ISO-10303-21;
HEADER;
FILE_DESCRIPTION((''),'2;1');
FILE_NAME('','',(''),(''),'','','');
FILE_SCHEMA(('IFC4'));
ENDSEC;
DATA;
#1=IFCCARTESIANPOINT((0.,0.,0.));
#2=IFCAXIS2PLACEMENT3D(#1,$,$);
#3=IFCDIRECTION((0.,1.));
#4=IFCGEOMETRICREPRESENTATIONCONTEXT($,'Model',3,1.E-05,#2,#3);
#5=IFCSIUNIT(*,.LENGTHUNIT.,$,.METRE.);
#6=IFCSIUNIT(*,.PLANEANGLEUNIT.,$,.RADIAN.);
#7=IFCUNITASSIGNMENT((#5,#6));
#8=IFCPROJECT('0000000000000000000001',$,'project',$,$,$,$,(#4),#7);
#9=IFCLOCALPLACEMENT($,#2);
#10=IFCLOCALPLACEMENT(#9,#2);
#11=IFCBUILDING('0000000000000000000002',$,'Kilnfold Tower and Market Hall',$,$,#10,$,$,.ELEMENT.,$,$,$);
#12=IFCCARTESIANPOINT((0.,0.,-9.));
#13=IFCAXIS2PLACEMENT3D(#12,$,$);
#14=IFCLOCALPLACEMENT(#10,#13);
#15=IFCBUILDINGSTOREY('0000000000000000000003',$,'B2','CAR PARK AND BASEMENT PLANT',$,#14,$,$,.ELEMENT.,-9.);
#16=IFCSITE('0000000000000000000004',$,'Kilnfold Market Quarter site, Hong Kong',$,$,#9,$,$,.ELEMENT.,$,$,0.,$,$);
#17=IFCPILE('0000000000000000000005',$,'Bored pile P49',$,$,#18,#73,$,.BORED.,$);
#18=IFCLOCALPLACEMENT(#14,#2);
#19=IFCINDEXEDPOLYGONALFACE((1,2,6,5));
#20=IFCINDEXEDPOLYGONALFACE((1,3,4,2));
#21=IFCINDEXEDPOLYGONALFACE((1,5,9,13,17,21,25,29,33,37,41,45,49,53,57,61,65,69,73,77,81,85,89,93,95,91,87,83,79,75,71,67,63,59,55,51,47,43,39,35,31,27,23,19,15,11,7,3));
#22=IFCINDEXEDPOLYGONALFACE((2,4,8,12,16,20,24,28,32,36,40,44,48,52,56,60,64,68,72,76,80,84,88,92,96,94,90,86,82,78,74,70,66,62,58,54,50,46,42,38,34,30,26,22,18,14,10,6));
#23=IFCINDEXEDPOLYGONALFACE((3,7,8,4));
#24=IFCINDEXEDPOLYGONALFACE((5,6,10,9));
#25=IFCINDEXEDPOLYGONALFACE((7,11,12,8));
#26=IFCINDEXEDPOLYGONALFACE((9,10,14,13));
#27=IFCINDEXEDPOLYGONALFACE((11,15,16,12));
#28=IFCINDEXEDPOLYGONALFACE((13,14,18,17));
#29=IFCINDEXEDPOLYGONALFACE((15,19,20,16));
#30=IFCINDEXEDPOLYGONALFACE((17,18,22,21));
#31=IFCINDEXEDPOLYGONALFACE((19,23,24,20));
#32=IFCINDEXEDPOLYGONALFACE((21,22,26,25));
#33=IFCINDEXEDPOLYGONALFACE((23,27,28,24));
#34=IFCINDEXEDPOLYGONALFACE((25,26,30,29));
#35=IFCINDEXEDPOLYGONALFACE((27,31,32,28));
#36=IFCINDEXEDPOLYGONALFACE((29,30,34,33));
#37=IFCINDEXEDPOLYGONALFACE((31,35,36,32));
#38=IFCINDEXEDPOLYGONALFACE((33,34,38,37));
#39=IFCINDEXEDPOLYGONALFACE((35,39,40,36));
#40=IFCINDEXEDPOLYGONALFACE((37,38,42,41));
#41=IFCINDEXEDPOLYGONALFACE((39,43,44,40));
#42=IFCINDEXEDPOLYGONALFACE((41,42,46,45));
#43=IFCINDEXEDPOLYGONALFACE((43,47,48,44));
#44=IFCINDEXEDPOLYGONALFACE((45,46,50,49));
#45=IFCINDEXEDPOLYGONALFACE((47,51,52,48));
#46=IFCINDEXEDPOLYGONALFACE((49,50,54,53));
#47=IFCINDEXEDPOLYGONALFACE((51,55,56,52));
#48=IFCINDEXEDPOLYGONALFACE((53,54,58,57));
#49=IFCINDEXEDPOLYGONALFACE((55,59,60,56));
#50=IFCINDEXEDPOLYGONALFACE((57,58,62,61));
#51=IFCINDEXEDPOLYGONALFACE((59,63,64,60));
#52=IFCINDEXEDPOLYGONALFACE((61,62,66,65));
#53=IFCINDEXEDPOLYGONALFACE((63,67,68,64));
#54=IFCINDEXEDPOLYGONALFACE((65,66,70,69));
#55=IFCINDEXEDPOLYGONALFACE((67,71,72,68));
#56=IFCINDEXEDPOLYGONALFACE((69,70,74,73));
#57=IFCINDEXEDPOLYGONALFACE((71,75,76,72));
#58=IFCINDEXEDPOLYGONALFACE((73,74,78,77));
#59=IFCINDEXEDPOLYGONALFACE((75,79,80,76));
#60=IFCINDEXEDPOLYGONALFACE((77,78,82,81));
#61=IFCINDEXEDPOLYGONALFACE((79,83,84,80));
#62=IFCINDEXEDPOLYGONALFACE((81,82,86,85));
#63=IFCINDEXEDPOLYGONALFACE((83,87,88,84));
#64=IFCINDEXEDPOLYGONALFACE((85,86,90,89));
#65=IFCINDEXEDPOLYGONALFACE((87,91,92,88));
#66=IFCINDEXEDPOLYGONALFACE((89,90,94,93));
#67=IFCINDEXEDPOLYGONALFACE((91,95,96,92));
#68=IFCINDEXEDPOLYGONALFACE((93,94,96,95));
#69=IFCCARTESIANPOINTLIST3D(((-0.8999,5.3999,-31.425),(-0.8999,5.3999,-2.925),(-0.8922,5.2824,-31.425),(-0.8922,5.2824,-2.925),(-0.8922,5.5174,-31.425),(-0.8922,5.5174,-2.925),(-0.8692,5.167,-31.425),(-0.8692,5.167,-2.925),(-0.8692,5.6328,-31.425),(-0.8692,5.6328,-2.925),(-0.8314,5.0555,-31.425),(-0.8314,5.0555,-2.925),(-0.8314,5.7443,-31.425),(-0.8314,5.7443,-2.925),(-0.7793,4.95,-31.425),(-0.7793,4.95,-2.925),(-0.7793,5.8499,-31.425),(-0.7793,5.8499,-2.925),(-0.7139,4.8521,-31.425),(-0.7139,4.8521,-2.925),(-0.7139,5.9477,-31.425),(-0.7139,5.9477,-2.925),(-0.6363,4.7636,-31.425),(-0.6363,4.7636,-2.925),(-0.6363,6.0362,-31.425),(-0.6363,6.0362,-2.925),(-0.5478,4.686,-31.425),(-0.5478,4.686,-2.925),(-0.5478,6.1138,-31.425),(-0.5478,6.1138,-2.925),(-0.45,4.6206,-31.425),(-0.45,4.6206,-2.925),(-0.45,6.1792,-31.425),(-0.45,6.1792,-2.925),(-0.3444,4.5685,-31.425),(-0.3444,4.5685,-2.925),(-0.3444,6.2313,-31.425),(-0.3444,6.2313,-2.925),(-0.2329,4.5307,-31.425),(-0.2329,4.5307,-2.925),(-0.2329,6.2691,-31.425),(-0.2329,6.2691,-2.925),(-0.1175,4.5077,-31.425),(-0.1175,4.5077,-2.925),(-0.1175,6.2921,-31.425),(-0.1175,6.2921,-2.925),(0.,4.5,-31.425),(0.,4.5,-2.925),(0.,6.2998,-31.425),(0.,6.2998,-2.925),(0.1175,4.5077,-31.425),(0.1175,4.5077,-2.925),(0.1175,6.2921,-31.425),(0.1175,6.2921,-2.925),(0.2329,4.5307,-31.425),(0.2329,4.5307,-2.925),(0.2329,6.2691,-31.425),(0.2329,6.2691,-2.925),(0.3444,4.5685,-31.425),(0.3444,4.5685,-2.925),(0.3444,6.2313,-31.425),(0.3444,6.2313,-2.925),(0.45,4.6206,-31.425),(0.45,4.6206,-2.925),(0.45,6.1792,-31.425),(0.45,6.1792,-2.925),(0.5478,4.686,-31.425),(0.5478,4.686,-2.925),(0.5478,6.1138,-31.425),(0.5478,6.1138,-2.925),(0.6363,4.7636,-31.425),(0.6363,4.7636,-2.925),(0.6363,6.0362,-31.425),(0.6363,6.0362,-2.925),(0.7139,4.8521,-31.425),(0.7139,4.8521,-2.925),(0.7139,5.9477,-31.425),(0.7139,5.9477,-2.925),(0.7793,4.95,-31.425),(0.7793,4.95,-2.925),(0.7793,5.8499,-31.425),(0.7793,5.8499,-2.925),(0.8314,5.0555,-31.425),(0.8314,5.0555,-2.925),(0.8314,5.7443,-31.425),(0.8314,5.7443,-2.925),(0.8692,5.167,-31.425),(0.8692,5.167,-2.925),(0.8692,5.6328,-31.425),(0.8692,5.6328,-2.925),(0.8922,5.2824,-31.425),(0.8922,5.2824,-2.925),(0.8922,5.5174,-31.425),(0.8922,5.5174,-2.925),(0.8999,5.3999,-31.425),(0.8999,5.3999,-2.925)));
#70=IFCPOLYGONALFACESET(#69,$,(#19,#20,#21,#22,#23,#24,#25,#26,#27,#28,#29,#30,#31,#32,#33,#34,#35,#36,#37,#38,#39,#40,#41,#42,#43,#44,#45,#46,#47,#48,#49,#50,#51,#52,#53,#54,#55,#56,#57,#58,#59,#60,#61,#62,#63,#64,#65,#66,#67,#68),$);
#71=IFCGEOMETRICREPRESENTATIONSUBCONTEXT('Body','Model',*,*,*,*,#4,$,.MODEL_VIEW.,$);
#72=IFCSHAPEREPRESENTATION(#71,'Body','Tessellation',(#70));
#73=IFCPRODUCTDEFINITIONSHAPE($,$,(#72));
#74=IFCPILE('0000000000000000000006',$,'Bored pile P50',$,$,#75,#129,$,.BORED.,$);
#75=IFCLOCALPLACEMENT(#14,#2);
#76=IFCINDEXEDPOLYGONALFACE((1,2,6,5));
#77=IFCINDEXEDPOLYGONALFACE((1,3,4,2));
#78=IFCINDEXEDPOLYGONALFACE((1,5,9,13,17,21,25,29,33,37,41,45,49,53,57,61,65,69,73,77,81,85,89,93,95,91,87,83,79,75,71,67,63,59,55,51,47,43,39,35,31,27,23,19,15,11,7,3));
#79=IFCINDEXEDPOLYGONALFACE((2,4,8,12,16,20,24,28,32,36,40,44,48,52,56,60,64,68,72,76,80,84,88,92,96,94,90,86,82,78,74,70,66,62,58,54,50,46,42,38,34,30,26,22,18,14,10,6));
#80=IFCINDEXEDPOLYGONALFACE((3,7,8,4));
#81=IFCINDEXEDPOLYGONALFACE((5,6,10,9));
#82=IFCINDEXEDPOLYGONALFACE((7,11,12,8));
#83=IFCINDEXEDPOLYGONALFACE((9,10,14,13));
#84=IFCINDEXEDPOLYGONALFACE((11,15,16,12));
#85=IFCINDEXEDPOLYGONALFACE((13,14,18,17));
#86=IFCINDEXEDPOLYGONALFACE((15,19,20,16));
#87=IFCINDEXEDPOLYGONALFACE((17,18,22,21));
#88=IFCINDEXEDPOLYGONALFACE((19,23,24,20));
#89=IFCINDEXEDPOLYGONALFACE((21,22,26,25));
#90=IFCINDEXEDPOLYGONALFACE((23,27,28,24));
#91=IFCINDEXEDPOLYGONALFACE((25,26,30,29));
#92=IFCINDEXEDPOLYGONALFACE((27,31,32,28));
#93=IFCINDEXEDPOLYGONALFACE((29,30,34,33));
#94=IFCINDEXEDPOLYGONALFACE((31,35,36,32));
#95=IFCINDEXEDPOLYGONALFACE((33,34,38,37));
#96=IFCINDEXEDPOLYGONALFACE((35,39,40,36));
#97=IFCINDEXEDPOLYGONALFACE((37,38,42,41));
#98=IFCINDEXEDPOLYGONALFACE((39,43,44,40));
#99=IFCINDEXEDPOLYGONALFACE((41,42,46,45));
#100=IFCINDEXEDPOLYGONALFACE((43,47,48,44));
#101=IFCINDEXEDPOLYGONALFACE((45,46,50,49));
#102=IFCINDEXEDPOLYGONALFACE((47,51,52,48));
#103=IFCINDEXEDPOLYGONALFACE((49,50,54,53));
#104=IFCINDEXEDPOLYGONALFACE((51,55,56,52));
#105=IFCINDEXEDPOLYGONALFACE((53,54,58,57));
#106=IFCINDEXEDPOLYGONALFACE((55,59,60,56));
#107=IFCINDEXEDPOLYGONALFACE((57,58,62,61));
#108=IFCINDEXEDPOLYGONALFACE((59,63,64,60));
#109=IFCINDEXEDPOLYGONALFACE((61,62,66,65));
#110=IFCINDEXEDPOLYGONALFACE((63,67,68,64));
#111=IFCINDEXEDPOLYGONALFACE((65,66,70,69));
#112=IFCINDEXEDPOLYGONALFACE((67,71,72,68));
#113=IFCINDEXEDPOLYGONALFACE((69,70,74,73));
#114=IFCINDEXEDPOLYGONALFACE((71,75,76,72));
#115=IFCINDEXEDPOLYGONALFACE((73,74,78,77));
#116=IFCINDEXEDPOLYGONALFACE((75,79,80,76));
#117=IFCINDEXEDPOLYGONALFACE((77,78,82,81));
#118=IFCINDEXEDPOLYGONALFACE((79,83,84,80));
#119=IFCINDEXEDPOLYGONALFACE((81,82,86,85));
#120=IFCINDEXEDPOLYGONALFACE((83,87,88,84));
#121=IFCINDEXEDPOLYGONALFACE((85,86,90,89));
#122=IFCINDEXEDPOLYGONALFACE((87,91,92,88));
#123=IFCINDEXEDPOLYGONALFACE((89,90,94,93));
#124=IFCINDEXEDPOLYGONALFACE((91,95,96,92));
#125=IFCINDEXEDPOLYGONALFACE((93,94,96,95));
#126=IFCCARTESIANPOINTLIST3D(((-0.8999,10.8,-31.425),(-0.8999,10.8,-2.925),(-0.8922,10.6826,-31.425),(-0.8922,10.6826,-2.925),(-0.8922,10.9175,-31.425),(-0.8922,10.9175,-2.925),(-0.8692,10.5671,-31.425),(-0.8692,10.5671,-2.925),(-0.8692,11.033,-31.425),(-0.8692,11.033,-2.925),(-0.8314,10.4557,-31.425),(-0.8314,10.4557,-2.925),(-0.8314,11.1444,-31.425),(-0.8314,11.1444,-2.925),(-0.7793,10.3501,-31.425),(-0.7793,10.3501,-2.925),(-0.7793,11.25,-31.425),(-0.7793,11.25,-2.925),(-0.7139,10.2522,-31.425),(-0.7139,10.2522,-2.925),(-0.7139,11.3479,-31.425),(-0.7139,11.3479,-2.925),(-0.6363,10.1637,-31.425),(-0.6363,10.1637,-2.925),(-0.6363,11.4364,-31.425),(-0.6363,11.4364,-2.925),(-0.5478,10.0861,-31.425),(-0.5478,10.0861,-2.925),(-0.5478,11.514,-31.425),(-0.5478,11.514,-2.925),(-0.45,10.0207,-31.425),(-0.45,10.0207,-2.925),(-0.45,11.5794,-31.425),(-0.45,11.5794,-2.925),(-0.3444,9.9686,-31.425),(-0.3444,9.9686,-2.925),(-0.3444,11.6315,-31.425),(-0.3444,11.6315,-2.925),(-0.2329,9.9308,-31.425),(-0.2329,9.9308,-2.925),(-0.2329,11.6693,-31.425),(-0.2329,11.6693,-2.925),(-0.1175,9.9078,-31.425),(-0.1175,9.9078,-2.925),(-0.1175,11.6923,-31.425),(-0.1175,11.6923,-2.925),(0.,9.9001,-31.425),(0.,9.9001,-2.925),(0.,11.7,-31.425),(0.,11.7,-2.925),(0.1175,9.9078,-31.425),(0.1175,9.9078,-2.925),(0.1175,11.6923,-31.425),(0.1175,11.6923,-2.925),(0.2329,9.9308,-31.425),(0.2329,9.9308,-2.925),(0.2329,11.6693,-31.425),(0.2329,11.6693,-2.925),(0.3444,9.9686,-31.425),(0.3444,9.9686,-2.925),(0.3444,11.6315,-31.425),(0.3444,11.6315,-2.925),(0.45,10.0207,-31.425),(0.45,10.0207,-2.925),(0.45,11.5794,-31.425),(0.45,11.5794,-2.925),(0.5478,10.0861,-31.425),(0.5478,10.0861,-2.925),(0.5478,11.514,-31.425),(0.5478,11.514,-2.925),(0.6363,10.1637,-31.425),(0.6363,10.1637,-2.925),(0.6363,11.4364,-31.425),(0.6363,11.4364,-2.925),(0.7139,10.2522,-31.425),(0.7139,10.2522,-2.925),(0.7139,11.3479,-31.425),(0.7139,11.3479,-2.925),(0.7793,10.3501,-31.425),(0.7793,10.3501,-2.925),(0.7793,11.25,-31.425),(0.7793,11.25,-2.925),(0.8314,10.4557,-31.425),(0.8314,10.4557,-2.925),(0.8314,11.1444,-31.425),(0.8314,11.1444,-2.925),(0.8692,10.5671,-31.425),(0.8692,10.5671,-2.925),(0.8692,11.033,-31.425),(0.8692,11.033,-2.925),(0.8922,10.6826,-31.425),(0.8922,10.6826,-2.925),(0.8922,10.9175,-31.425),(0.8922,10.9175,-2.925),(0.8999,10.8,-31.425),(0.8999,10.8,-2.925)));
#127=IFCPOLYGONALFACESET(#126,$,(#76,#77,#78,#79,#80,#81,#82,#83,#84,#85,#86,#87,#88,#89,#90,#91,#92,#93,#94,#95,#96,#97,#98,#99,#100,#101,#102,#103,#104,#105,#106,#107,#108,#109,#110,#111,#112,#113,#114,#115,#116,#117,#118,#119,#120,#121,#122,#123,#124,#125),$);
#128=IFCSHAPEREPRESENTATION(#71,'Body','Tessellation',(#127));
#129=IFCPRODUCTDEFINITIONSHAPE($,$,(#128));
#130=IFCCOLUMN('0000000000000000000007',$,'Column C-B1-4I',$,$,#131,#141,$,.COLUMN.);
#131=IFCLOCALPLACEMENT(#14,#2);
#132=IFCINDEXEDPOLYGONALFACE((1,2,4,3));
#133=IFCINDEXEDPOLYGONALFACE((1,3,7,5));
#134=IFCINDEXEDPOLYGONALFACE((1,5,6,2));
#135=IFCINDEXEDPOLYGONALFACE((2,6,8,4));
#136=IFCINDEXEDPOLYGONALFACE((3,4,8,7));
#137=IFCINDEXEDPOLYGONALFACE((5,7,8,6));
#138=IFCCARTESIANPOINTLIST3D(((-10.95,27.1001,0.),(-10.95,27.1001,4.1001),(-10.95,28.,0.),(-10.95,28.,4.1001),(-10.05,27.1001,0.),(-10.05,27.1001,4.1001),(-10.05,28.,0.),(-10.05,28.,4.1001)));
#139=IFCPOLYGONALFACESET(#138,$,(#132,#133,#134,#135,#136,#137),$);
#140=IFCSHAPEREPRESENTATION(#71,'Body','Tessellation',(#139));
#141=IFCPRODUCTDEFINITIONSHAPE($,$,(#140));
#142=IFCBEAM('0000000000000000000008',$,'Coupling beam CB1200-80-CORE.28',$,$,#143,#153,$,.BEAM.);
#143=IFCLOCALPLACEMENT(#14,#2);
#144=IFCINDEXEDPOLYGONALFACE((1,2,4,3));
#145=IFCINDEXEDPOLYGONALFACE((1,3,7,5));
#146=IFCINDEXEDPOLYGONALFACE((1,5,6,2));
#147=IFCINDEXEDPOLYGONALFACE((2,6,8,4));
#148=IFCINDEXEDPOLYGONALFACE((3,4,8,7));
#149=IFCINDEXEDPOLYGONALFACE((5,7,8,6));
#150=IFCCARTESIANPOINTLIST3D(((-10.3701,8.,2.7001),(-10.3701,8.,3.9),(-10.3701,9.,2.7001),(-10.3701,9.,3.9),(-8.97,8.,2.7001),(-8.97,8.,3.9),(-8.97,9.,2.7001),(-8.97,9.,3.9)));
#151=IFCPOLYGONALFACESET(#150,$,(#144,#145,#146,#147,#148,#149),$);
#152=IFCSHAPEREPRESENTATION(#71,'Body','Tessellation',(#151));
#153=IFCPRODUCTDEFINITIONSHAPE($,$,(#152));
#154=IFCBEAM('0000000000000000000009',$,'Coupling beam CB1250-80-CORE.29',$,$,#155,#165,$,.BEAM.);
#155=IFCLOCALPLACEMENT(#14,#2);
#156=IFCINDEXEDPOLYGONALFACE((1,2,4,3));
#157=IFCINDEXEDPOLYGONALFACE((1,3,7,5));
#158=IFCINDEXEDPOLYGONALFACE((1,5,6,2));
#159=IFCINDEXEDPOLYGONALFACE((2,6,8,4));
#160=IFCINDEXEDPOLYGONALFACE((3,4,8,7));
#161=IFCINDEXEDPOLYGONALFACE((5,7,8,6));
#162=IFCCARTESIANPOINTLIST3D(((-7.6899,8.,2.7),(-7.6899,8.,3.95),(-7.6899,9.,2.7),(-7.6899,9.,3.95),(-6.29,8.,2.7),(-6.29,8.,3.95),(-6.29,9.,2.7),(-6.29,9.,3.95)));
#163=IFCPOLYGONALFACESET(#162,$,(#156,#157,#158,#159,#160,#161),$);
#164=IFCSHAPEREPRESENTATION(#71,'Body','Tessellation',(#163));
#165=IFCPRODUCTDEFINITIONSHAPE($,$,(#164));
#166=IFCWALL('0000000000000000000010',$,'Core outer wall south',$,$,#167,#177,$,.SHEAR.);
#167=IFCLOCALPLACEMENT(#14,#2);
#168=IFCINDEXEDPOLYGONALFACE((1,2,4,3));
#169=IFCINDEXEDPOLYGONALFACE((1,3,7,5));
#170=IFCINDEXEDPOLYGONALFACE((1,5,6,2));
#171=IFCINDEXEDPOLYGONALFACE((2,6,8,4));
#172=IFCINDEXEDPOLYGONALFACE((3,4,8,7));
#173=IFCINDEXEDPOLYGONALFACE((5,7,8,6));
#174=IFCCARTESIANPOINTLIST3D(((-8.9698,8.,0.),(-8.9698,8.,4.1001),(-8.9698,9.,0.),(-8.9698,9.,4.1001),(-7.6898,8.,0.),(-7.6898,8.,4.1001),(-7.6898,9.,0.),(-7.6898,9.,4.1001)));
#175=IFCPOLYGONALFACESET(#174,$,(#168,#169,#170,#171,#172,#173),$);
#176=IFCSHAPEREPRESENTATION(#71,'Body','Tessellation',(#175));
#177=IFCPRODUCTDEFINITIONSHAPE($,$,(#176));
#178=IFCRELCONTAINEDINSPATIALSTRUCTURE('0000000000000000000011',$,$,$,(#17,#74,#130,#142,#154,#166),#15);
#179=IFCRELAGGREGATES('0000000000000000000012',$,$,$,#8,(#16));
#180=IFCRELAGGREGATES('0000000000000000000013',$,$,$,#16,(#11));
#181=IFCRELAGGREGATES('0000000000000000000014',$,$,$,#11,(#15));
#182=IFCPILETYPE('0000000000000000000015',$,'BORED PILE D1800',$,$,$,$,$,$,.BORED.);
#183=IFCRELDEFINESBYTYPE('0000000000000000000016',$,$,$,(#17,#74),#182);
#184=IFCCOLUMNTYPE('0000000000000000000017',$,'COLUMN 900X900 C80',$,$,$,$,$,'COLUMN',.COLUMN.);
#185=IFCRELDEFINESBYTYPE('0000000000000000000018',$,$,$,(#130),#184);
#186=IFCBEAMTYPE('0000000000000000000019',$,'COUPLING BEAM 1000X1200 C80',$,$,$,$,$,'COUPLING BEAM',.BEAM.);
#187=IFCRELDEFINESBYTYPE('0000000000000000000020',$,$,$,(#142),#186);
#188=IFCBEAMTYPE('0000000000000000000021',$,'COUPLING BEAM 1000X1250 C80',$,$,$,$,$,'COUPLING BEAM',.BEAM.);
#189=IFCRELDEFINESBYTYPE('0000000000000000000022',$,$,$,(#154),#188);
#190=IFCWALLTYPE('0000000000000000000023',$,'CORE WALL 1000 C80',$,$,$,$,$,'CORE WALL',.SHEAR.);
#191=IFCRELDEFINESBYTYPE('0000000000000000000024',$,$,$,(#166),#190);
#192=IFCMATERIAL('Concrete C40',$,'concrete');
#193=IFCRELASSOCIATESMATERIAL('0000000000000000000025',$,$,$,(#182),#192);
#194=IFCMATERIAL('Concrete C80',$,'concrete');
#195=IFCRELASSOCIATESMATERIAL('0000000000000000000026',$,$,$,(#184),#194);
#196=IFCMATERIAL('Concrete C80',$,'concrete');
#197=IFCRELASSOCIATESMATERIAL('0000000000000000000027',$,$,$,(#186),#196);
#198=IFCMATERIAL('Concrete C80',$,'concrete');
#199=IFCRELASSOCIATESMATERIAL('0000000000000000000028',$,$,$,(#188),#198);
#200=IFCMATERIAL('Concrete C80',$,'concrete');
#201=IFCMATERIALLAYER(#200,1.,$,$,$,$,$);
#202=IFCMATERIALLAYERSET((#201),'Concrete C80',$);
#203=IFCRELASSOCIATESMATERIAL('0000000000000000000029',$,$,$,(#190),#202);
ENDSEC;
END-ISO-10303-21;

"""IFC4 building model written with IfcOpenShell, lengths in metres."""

from ifc_helpers import new_model, si_unit, direction, frame, frame_2d, origin, origin_2d, place, context, subcontext, project, spatial, rectangle, circle, extrude, source, transform, mapped, material, layer, layer_set, material_profile, profile_set, type_object, element, save


model = new_model("IFC4")

# Units and contexts
model_context = context("Model", 3, precision=1e-05, world=origin(), true_north=direction((0.0, 1.0)))
body_context = subcontext(model_context, "Body", "Model", "MODEL_VIEW")
ifc_project = project(units=[si_unit("LENGTHUNIT", "METRE"), si_unit("PLANEANGLEUNIT", "RADIAN")], contexts=[model_context])

# Site, building, storey
site_placement = place(None, origin())
site = spatial("IfcSite", under=ifc_project, at=site_placement, Name="Kilnfold Market Quarter site, Hong Kong", CompositionType="ELEMENT", RefElevation=0.0)
building_placement = place(site_placement, origin())
building = spatial("IfcBuilding", under=site, at=building_placement, Name="Kilnfold Tower and Market Hall", CompositionType="ELEMENT")
storey_placement = place(building_placement, frame((0.0, 0.0, -9.0)))
storey = spatial("IfcBuildingStorey", under=building, at=storey_placement, Name="B2", Description="CAR PARK AND BASEMENT PLANT", CompositionType="ELEMENT", Elevation=-9.0)

# Piles
ifc_material_1 = material(Name="Concrete C40", Category="concrete")
ifc_material_profile_1 = material_profile(ifc_material_1, circle(Radius=0.8999, at=origin_2d()), Name="RC D1800")
ifc_profile_set_1 = profile_set([ifc_material_profile_1], Name="Concrete C40")
pile_type = type_object("IfcPileType", Name="BORED PILE D1800", PredefinedType="BORED", material=ifc_profile_set_1)
shared_shape_1 = source(origin(), body_context, "Body", "SweptSolid", [
    extrude(circle(Radius=0.8999, at=origin_2d()), origin(), (0.0, 0.0, 1.0), 28.5),
])
for number, where, z_axis, x_axis, name in (
    (1, (0.0, 5.3999, -2.925), (0.0, 0.0, -1.0), (1.0, 0.0, 0.0), "Bored pile P49"),
    (2, (0.0, 10.8, -2.925), (0.0, 0.0, -1.0), (1.0, 0.0, 0.0), "Bored pile P50"),
):
    element("IfcPile", number, at=place(storey_placement, frame(where, z_axis=z_axis, x_axis=x_axis)), inside=storey, type_object=pile_type, Name=name, PredefinedType="BORED", context=body_context, shape_type="MappedRepresentation", body=[
        mapped(shared_shape_1, transform((0.0, 0.0, 0.0))),
    ])

# Column
ifc_material_2 = material(Name="Concrete C80", Category="concrete")
ifc_material_profile_2 = material_profile(ifc_material_2, rectangle(XDim=0.8999, YDim=0.8999, at=origin_2d()), Name="RC 900x900")
ifc_profile_set_2 = profile_set([ifc_material_profile_2], Name="Concrete C80")
column_type = type_object("IfcColumnType", Name="COLUMN 900X900 C80", ElementType="COLUMN", PredefinedType="COLUMN", material=ifc_profile_set_2)
shared_shape_2 = source(origin(), body_context, "Body", "SweptSolid", [
    extrude(rectangle(XDim=0.8999, YDim=0.8999, at=origin_2d()), origin(), (0.0, 0.0, 1.0), 4.1001),
])
column_placement = place(storey_placement, frame((-10.5, 27.55, 0.0), z_axis=(0.0, 0.0, 1.0), x_axis=(1.0, 0.0, 0.0)))
element("IfcColumn", 3, at=column_placement, inside=storey, type_object=column_type, Name="Column C-B1-4I", PredefinedType="COLUMN", context=body_context, shape_type="MappedRepresentation", body=[
    mapped(shared_shape_2, transform((0.0, 0.0, 0.0))),
])

# Beams
ifc_material_3 = material(Name="Concrete C80", Category="concrete")
ifc_material_profile_3 = material_profile(ifc_material_3, rectangle(XDim=1.0, YDim=1.2, at=origin_2d()), Name="RC 1000x1200")
ifc_profile_set_3 = profile_set([ifc_material_profile_3], Name="Concrete C80")
beam_type_1 = type_object("IfcBeamType", Name="COUPLING BEAM 1000X1200 C80", ElementType="COUPLING BEAM", PredefinedType="BEAM", material=ifc_profile_set_3)
shared_shape_3 = source(origin(), body_context, "Body", "SweptSolid", [
    extrude(rectangle(XDim=1.0, YDim=1.2, at=origin_2d()), origin(), (0.0, 0.0, 1.0), 1.4001),
])
beam_1_placement = place(storey_placement, frame((-10.3701, 8.5, 3.3), z_axis=(1.0, 0.0, 0.0), x_axis=(0.0, 1.0, 0.0)))
element("IfcBeam", 4, at=beam_1_placement, inside=storey, type_object=beam_type_1, Name="Coupling beam CB1200-80-CORE.28", PredefinedType="BEAM", context=body_context, shape_type="MappedRepresentation", body=[
    mapped(shared_shape_3, transform((0.0, 0.0, 0.0))),
])
ifc_material_4 = material(Name="Concrete C80", Category="concrete")
ifc_material_profile_4 = material_profile(ifc_material_4, rectangle(XDim=1.0, YDim=1.25, at=origin_2d()), Name="RC 1000x1250")
ifc_profile_set_4 = profile_set([ifc_material_profile_4], Name="Concrete C80")
beam_type_2 = type_object("IfcBeamType", Name="COUPLING BEAM 1000X1250 C80", ElementType="COUPLING BEAM", PredefinedType="BEAM", material=ifc_profile_set_4)
shared_shape_4 = source(origin(), body_context, "Body", "SweptSolid", [
    extrude(rectangle(XDim=1.0, YDim=1.25, at=origin_2d()), origin(), (0.0, 0.0, 1.0), 1.3999),
])
beam_2_placement = place(storey_placement, frame((-7.6899, 8.5, 3.325), z_axis=(1.0, 0.0, 0.0), x_axis=(0.0, 1.0, 0.0)))
element("IfcBeam", 5, at=beam_2_placement, inside=storey, type_object=beam_type_2, Name="Coupling beam CB1250-80-CORE.29", PredefinedType="BEAM", context=body_context, shape_type="MappedRepresentation", body=[
    mapped(shared_shape_4, transform((0.0, 0.0, 0.0))),
])

# Wall
ifc_material_5 = material(Name="Concrete C80", Category="concrete")
ifc_layer_1 = layer(ifc_material_5, 1.0)
ifc_layer_set_1 = layer_set([ifc_layer_1], Name="Concrete C80")
wall_type_1 = type_object("IfcWallType", Name="CORE WALL 1000 C80", ElementType="CORE WALL", PredefinedType="SHEAR", material=ifc_layer_set_1)
shared_shape_5 = source(origin(), body_context, "Body", "SweptSolid", [
    extrude(rectangle(XDim=1.28, YDim=1.0, at=frame_2d((0.6401, 0.0))), origin(), (0.0, 0.0, 1.0), 4.1001),
])
wall_1_placement = place(storey_placement, frame((-8.97, 8.5, 0.0), z_axis=(0.0, 0.0, 1.0), x_axis=(1.0, 0.0, 0.0)))
element("IfcWall", 6, at=wall_1_placement, inside=storey, type_object=wall_type_1, Name="Core outer wall south", PredefinedType="SHEAR", context=body_context, shape_type="MappedRepresentation", body=[
    mapped(shared_shape_5, transform((0.0, 0.0, 0.0))),
])

save(model, "model.ifc")
